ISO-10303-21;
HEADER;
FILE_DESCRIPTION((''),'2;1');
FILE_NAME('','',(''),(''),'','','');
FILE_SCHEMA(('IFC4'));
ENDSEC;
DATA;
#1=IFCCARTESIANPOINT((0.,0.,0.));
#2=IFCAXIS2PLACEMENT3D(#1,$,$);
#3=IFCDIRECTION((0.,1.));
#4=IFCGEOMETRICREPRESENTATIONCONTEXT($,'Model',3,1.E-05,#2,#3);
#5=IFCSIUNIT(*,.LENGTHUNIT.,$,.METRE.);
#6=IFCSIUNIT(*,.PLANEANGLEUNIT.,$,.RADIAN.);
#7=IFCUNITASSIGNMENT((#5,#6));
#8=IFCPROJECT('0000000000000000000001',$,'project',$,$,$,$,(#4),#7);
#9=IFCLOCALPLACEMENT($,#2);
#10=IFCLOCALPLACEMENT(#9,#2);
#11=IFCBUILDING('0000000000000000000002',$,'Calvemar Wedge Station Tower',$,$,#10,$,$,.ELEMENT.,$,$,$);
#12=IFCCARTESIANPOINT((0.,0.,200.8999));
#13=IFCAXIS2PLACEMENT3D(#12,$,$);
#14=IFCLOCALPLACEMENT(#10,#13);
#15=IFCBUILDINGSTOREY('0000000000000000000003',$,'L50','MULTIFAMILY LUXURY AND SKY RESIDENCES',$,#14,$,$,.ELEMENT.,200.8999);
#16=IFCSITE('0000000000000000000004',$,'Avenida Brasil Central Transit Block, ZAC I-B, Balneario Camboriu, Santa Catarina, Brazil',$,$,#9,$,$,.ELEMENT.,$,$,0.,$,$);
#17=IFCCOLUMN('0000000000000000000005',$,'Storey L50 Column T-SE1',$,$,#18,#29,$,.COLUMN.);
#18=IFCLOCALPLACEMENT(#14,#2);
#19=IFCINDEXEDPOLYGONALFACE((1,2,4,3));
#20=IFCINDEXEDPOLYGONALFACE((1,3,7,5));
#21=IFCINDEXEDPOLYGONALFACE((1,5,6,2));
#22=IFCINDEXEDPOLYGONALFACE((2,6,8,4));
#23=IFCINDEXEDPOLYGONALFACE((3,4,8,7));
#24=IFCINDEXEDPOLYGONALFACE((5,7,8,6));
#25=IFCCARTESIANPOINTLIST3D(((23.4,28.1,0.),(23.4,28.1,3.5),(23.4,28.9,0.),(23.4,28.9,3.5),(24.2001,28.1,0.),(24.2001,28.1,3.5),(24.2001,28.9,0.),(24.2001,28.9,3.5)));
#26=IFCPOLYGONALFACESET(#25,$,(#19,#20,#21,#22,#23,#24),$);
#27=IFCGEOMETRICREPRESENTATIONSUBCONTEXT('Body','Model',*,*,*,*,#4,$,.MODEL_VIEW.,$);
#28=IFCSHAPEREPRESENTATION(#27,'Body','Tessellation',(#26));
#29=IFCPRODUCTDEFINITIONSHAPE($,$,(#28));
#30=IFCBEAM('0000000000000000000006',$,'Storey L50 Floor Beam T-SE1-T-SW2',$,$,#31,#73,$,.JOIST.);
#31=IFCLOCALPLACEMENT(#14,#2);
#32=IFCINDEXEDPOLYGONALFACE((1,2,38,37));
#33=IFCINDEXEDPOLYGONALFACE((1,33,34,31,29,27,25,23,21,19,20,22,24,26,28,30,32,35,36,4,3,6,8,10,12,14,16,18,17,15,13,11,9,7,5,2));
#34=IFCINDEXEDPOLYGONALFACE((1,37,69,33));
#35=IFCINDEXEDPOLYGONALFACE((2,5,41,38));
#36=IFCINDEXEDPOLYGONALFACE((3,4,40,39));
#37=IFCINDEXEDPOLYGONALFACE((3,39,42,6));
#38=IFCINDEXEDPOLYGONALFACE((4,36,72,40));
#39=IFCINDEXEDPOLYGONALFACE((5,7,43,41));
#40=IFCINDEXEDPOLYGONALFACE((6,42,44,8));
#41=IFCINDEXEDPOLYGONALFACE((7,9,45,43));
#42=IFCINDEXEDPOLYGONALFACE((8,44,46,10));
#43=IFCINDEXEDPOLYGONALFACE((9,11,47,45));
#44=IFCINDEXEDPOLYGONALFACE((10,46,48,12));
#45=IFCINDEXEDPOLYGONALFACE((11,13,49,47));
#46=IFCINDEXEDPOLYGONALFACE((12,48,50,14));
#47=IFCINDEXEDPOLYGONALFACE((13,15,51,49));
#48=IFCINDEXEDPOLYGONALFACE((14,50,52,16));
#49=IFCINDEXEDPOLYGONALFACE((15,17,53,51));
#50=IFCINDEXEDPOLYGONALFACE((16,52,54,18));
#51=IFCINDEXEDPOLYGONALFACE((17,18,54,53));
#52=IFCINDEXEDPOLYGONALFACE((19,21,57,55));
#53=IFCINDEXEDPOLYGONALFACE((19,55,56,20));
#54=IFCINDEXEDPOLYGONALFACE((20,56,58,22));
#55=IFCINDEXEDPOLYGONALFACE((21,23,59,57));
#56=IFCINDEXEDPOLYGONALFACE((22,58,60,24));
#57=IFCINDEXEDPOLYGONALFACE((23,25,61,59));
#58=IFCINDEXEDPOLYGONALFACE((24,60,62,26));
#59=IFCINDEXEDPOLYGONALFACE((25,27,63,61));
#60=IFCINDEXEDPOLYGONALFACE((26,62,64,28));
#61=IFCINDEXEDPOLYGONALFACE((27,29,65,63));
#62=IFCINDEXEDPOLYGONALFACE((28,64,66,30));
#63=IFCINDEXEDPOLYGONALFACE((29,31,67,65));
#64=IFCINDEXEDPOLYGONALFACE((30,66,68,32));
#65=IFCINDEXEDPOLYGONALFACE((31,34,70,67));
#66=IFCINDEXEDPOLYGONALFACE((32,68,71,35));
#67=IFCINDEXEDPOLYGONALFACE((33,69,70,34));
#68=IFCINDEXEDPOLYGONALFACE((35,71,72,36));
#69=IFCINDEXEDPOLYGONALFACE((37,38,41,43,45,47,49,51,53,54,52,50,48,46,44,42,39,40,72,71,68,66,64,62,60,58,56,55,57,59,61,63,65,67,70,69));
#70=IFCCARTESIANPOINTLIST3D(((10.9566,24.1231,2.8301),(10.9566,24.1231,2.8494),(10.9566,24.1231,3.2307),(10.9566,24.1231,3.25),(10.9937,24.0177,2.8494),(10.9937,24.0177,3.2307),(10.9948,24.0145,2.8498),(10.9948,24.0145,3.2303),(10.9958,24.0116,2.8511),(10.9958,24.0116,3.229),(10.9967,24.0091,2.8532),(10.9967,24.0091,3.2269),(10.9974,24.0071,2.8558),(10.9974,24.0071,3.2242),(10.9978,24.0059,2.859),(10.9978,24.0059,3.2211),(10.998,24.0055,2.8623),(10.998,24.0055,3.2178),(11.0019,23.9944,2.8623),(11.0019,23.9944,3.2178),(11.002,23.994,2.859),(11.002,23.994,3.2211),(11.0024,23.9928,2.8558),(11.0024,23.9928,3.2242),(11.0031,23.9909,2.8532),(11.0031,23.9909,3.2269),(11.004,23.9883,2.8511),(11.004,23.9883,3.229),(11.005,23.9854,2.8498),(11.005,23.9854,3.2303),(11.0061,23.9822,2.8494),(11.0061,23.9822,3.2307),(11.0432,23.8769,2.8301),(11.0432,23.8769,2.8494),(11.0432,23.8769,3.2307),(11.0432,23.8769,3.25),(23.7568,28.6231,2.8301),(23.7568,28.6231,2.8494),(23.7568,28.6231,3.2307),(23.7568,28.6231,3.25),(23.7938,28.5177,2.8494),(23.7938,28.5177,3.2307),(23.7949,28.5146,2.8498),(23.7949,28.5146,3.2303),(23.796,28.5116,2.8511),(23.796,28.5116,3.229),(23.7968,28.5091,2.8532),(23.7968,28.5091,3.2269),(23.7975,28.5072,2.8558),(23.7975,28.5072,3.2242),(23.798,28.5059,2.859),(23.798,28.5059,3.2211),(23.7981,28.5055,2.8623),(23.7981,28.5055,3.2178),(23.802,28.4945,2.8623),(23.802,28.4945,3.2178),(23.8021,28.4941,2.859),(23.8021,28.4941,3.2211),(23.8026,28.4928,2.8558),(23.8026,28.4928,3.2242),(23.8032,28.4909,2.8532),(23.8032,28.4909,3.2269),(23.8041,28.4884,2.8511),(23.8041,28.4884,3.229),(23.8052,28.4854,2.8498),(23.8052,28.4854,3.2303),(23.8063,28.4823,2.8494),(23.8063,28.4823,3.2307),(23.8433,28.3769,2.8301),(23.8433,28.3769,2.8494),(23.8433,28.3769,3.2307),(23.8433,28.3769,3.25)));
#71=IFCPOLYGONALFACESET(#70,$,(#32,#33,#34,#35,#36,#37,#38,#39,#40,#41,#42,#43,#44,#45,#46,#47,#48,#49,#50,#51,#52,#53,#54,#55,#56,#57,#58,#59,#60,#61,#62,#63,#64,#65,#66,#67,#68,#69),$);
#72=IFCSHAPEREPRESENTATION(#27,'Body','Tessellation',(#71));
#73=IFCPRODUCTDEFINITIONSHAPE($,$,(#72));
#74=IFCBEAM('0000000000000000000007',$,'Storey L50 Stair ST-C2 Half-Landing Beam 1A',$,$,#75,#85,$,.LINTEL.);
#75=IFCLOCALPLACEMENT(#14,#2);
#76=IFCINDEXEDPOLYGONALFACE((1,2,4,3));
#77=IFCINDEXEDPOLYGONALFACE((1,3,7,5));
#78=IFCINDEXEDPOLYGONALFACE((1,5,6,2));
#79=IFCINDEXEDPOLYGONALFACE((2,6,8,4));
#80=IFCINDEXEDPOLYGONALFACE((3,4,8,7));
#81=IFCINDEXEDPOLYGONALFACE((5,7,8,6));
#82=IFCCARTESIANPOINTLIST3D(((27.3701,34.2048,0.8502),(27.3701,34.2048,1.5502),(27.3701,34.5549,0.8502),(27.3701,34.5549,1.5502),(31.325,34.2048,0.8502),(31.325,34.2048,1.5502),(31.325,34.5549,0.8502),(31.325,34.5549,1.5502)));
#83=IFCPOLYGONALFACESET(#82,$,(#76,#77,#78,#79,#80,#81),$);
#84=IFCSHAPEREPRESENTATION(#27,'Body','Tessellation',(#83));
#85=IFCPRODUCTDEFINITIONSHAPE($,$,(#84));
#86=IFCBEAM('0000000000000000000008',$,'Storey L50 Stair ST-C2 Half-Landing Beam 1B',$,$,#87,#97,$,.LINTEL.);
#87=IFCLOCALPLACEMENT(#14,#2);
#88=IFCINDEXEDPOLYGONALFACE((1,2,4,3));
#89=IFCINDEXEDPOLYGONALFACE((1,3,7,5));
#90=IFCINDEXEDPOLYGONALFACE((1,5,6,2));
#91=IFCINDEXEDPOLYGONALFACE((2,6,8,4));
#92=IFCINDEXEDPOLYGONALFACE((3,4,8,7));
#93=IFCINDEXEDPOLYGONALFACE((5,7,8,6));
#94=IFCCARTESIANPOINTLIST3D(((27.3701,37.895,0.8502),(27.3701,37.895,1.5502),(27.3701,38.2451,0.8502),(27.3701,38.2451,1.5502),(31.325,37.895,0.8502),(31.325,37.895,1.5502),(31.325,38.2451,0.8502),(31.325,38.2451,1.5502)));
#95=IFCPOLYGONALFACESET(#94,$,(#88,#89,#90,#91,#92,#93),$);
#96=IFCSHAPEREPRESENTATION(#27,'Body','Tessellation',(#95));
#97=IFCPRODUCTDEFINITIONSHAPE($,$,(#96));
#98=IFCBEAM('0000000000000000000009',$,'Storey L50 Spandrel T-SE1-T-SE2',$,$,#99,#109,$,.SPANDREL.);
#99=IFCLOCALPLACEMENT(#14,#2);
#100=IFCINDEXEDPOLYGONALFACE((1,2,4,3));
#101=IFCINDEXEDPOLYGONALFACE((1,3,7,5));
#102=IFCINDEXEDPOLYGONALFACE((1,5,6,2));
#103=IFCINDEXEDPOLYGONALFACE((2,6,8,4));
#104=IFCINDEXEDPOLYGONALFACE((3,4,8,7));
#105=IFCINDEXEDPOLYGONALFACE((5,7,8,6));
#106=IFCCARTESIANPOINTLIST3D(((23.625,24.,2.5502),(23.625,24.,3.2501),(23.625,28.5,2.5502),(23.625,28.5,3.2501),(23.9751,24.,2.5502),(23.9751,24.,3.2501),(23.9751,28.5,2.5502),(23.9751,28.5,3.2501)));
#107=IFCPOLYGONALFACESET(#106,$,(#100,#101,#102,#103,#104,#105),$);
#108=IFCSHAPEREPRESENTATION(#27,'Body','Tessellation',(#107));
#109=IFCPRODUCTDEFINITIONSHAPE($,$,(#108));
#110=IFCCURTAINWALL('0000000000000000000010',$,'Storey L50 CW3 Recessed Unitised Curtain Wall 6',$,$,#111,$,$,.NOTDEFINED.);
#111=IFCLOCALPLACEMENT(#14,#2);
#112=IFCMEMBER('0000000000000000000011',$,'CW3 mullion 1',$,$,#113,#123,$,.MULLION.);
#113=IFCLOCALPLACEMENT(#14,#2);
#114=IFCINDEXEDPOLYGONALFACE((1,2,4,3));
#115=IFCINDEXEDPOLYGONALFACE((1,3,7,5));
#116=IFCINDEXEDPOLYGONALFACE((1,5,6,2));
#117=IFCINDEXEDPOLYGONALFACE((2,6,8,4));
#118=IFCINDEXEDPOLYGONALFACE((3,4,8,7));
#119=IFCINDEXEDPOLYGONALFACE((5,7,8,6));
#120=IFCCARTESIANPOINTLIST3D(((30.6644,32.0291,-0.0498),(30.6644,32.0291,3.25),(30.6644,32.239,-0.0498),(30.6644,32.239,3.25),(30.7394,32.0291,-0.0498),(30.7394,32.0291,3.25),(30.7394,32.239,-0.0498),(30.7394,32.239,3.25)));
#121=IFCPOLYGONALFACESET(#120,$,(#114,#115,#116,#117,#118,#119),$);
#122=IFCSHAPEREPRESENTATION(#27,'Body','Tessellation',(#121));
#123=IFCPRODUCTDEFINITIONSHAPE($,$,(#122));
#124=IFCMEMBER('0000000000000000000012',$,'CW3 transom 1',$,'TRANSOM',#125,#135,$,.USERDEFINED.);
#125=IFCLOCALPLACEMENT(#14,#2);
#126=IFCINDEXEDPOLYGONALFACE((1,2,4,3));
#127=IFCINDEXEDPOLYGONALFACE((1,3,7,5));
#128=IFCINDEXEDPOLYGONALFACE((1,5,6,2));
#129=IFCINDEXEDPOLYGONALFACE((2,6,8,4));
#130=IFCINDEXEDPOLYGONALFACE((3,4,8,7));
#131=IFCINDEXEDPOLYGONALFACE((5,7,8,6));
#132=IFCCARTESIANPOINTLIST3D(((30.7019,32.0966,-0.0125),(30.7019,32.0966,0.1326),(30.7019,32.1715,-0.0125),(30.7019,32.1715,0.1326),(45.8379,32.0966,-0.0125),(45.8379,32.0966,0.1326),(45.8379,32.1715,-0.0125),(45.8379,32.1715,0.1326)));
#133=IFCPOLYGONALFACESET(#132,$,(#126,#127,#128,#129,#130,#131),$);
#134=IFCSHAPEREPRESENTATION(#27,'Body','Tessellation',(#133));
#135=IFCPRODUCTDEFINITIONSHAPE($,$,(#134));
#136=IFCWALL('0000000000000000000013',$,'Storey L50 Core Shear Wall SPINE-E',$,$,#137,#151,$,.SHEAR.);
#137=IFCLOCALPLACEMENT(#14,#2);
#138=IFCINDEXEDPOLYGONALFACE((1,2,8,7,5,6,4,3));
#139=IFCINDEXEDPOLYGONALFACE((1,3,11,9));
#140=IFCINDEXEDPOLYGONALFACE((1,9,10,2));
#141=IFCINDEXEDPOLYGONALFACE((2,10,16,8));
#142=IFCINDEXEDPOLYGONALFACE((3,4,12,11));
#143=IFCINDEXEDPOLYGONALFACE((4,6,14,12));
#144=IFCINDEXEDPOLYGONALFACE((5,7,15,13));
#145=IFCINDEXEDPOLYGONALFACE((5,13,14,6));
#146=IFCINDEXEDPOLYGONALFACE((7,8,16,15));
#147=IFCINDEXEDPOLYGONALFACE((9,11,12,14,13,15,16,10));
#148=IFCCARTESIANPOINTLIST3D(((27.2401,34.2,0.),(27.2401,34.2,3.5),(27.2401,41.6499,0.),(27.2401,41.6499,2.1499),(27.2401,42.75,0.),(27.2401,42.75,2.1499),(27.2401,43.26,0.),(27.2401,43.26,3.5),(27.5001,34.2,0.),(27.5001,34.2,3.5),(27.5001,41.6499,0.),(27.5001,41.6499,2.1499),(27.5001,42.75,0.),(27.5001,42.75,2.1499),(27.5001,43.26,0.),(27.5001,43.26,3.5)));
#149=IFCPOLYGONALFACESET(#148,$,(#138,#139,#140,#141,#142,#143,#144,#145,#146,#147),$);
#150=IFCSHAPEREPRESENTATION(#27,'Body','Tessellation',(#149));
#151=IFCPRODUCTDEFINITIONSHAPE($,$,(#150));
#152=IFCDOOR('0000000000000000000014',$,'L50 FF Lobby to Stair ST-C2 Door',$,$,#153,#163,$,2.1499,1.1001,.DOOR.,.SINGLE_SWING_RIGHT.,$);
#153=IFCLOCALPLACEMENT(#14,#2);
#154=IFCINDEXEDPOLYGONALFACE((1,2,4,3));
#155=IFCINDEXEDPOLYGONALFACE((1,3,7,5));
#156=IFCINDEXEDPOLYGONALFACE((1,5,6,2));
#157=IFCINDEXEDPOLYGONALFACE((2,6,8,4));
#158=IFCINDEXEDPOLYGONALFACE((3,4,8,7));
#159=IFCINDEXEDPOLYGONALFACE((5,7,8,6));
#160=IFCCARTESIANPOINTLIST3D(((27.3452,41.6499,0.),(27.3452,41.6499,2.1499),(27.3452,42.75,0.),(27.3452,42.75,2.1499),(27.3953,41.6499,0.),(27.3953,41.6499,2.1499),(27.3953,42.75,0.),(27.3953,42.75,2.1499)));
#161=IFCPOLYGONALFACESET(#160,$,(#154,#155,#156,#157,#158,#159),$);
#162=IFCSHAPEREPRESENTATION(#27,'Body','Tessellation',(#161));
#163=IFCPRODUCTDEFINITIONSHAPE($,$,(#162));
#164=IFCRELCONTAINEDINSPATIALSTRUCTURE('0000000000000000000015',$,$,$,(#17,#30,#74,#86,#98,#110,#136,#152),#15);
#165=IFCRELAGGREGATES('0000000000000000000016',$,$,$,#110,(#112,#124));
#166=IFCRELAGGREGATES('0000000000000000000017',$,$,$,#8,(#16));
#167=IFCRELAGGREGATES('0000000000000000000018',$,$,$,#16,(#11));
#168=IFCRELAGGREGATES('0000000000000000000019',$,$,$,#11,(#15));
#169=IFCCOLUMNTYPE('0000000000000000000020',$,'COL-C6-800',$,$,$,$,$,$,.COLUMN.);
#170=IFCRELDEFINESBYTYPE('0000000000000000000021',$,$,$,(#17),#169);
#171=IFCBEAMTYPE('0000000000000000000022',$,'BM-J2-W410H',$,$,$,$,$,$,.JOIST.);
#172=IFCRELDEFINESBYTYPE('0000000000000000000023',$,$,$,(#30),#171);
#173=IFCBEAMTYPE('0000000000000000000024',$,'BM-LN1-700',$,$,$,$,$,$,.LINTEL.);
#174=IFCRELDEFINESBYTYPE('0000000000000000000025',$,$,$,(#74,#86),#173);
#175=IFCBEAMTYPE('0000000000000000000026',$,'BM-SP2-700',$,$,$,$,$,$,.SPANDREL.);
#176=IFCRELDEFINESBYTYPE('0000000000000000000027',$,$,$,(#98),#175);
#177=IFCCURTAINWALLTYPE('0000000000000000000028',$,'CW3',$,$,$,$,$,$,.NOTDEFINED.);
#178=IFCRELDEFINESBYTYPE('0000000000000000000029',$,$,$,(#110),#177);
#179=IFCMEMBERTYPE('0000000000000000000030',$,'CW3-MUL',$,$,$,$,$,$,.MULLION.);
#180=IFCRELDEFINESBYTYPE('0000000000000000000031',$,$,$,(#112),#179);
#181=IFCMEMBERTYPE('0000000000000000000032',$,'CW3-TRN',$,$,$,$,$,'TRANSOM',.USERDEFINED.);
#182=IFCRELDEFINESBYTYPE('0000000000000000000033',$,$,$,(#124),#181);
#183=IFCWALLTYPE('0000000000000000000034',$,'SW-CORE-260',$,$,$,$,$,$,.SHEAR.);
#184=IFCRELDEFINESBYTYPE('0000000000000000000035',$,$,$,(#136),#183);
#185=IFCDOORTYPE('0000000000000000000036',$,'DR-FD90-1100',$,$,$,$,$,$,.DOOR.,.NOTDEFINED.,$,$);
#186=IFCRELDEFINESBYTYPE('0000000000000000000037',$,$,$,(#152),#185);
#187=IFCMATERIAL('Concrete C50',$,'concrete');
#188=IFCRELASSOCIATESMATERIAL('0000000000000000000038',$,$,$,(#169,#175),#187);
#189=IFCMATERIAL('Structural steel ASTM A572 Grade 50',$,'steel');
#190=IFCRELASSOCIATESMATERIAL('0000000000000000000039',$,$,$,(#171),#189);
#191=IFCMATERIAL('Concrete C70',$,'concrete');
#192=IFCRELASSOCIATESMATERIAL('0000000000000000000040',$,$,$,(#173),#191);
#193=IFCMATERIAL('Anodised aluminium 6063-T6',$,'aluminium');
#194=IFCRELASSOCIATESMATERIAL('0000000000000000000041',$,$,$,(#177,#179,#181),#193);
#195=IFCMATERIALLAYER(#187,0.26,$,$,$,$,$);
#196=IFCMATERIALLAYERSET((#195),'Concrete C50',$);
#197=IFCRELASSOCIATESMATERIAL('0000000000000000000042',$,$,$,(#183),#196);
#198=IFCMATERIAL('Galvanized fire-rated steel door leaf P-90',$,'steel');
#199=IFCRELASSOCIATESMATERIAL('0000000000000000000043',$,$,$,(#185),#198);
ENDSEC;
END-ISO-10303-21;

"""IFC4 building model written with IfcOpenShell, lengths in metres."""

from ifc_helpers import new_model, si_unit, direction, frame, frame_2d, origin, origin_2d, place, context, subcontext, project, spatial, rectangle, i_section, extrude, source, transform, mapped, material, layer, layer_set, material_profile, profile_set, type_object, element, fill, aggregate, save


model = new_model("IFC4")

# Units and contexts
model_context = context("Model", 3, precision=1e-05, world=origin(), true_north=direction((0.0, 1.0)))
body_context = subcontext(model_context, "Body", "Model", "MODEL_VIEW")
ifc_project = project(units=[si_unit("LENGTHUNIT", "METRE"), si_unit("PLANEANGLEUNIT", "RADIAN")], contexts=[model_context])

# Site, building, storey
site_placement = place(None, origin())
site = spatial("IfcSite", under=ifc_project, at=site_placement, Name="Avenida Brasil Central Transit Block, ZAC I-B, Balneario Camboriu, Santa Catarina, Brazil", CompositionType="ELEMENT", RefElevation=0.0)
building_placement = place(site_placement, origin())
building = spatial("IfcBuilding", under=site, at=building_placement, Name="Calvemar Wedge Station Tower", CompositionType="ELEMENT")
storey_placement = place(building_placement, frame((0.0, 0.0, 200.8999)))
storey = spatial("IfcBuildingStorey", under=building, at=storey_placement, Name="L50", Description="MULTIFAMILY LUXURY AND SKY RESIDENCES", CompositionType="ELEMENT", Elevation=200.8999)

# Column
ifc_material_1 = material(Name="Concrete C50", Category="concrete")
ifc_material_profile_1 = material_profile(ifc_material_1, rectangle(XDim=0.8, YDim=0.8, at=origin_2d()), Name="RC800x800")
ifc_profile_set_1 = profile_set([ifc_material_profile_1], Name="Concrete C50")
column_type = type_object("IfcColumnType", Name="COL-C6-800", PredefinedType="COLUMN", material=ifc_profile_set_1)
shared_shape_1 = source(origin(), body_context, "Body", "SweptSolid", [
    extrude(rectangle(XDim=0.8, YDim=0.8, at=origin_2d()), origin(), (0.0, 0.0, 1.0), 3.5),
])
column_placement = place(storey_placement, frame((23.8, 28.5, 0.0), z_axis=(0.0, 0.0, 1.0), x_axis=(1.0, 0.0, 0.0)))
element("IfcColumn", 1, at=column_placement, inside=storey, type_object=column_type, Name="Storey L50 Column T-SE1", PredefinedType="COLUMN", context=body_context, shape_type="MappedRepresentation", body=[
    mapped(shared_shape_1, transform((0.0, 0.0, 0.0), scale=1.0)),
])

# Beams
ifc_material_2 = material(Name="Structural steel ASTM A572 Grade 50", Category="steel")
ifc_material_profile_2 = material_profile(ifc_material_2, i_section(OverallWidth=0.261, OverallDepth=0.4199, WebThickness=0.0117, FlangeThickness=0.0193, FilletRadius=0.0129, at=origin_2d()), Name="W410x114")
ifc_profile_set_2 = profile_set([ifc_material_profile_2], Name="Structural steel ASTM A572 Grade 50")
beam_type_1 = type_object("IfcBeamType", Name="BM-J2-W410H", PredefinedType="JOIST", material=ifc_profile_set_2)
shared_shape_2 = source(origin(), body_context, "Body", "SweptSolid", [
    extrude(i_section(OverallWidth=0.261, OverallDepth=0.4199, WebThickness=0.0117, FlangeThickness=0.0193, FilletRadius=0.0129, at=origin_2d()), origin(), (0.0, 0.0, 1.0), 13.5681),
])
beam_1_placement = place(storey_placement, frame((23.8, 28.5, 3.04), z_axis=(-0.943398, -0.331662, 0.0), x_axis=(0.331662, -0.943398, 0.0)))
element("IfcBeam", 2, at=beam_1_placement, inside=storey, type_object=beam_type_1, Name="Storey L50 Floor Beam T-SE1-T-SW2", PredefinedType="JOIST", context=body_context, shape_type="MappedRepresentation", body=[
    mapped(shared_shape_2, transform((0.0, 0.0, 0.0), scale=1.0)),
])
ifc_material_3 = material(Name="Concrete C70", Category="concrete")
ifc_material_profile_3 = material_profile(ifc_material_3, rectangle(XDim=0.3501, YDim=0.7, at=origin_2d()), Name="RC350x700")
ifc_profile_set_3 = profile_set([ifc_material_profile_3], Name="Concrete C70")
beam_type_2 = type_object("IfcBeamType", Name="BM-LN1-700", PredefinedType="LINTEL", material=ifc_profile_set_3)
shared_shape_3 = source(origin(), body_context, "Body", "SweptSolid", [
    extrude(rectangle(XDim=0.3501, YDim=0.7, at=origin_2d()), origin(), (0.0, 0.0, 1.0), 3.9548),
])
for number, where, z_axis, x_axis, name in (
    (3, (27.3701, 34.3799, 1.2002), (1.0, 0.0, 0.0), (0.0, 1.0, 0.0), "Storey L50 Stair ST-C2 Half-Landing Beam 1A"),
    (4, (27.3701, 38.0701, 1.2002), (1.0, 0.0, 0.0), (0.0, 1.0, 0.0), "Storey L50 Stair ST-C2 Half-Landing Beam 1B"),
):
    element("IfcBeam", number, at=place(storey_placement, frame(where, z_axis=z_axis, x_axis=x_axis)), inside=storey, type_object=beam_type_2, Name=name, PredefinedType="LINTEL", context=body_context, shape_type="MappedRepresentation", body=[
        mapped(shared_shape_3, transform((0.0, 0.0, 0.0), scale=1.0)),
    ])
ifc_material_profile_4 = material_profile(ifc_material_1, rectangle(XDim=0.3501, YDim=0.7, at=origin_2d()), Name="RC350x700")
ifc_profile_set_4 = profile_set([ifc_material_profile_4], Name="Concrete C50")
beam_type_3 = type_object("IfcBeamType", Name="BM-SP2-700", PredefinedType="SPANDREL", material=ifc_profile_set_4)
shared_shape_4 = source(origin(), body_context, "Body", "SweptSolid", [
    extrude(rectangle(XDim=0.3501, YDim=0.7, at=origin_2d()), origin(), (0.0, 0.0, 1.0), 4.5),
])
beam_2_placement = place(storey_placement, frame((23.8, 28.5, 2.9001), z_axis=(0.0, -1.0, 0.0), x_axis=(1.0, 0.0, 0.0)))
element("IfcBeam", 5, at=beam_2_placement, inside=storey, type_object=beam_type_3, Name="Storey L50 Spandrel T-SE1-T-SE2", PredefinedType="SPANDREL", context=body_context, shape_type="MappedRepresentation", body=[
    mapped(shared_shape_4, transform((0.0, 0.0, 0.0), scale=1.0)),
])

# Curtain wall, members
ifc_material_4 = material(Name="Anodised aluminium 6063-T6", Category="aluminium")
curtain_wall_type = type_object("IfcCurtainWallType", Name="CW3", PredefinedType="NOTDEFINED", material=ifc_material_4)
curtain_wall_placement = place(storey_placement, origin())
curtain_wall = element("IfcCurtainWall", 6, at=curtain_wall_placement, inside=storey, type_object=curtain_wall_type, Name="Storey L50 CW3 Recessed Unitised Curtain Wall 6", PredefinedType="NOTDEFINED")
ifc_material_profile_5 = material_profile(ifc_material_4, rectangle(XDim=0.075, YDim=0.21, at=origin_2d()), Name="AL-MUL-75x210")
ifc_profile_set_5 = profile_set([ifc_material_profile_5], Name="Anodised aluminium 6063-T6")
member_type_1 = type_object("IfcMemberType", Name="CW3-MUL", PredefinedType="MULLION", material=ifc_profile_set_5)
shared_shape_5 = source(origin(), body_context, "Body", "SweptSolid", [
    extrude(rectangle(XDim=0.075, YDim=0.21, at=origin_2d()), origin(), (0.0, 0.0, 1.0), 3.2998),
])
member_1_placement = place(storey_placement, frame((30.7019, 32.134, -0.0498), z_axis=(0.0, 0.0, 1.0), x_axis=(1.0, 0.0, 0.0)))
member_1 = element("IfcMember", 7, at=member_1_placement, type_object=member_type_1, Name="CW3 mullion 1", PredefinedType="MULLION", context=body_context, shape_type="MappedRepresentation", body=[
    mapped(shared_shape_5, transform((0.0, 0.0, 0.0), scale=1.0)),
])
ifc_material_profile_6 = material_profile(ifc_material_4, rectangle(XDim=0.075, YDim=0.145, at=origin_2d()), Name="AL-TRN-75x145")
ifc_profile_set_6 = profile_set([ifc_material_profile_6], Name="Anodised aluminium 6063-T6")
member_type_2 = type_object("IfcMemberType", Name="CW3-TRN", ElementType="TRANSOM", PredefinedType="USERDEFINED", material=ifc_profile_set_6)
shared_shape_6 = source(origin(), body_context, "Body", "SweptSolid", [
    extrude(rectangle(XDim=0.075, YDim=0.145, at=origin_2d()), origin(), (0.0, 0.0, 1.0), 15.136),
])
member_2_placement = place(storey_placement, frame((30.7019, 32.134, 0.0601), z_axis=(1.0, 0.0, 0.0), x_axis=(0.0, 1.0, 0.0)))
member_2 = element("IfcMember", 8, at=member_2_placement, type_object=member_type_2, Name="CW3 transom 1", ObjectType="TRANSOM", PredefinedType="USERDEFINED", context=body_context, shape_type="MappedRepresentation", body=[
    mapped(shared_shape_6, transform((0.0, 0.0, 0.0), scale=1.0)),
])
aggregate(curtain_wall, [member_1, member_2])

# Wall, opening, door
ifc_layer_1 = layer(ifc_material_1, 0.26)
ifc_layer_set_1 = layer_set([ifc_layer_1], Name="Concrete C50")
wall_type_1 = type_object("IfcWallType", Name="SW-CORE-260", PredefinedType="SHEAR", material=ifc_layer_set_1)
wall_1_placement = place(storey_placement, frame((27.3701, 34.2, 0.0), z_axis=(0.0, 0.0, 1.0), x_axis=(0.0, 1.0, 0.0)))
wall_1 = element("IfcWall", 9, at=wall_1_placement, inside=storey, type_object=wall_type_1, Name="Storey L50 Core Shear Wall SPINE-E", PredefinedType="SHEAR", context=body_context, shape_type="SweptSolid", body=[
    extrude(rectangle(XDim=9.0601, YDim=0.26, at=frame_2d((4.53, 0.0))), origin(), (0.0, 0.0, 1.0), 3.5),
])
shared_shape_7 = source(origin(), body_context, "Body", "SweptSolid", [
    extrude(rectangle(XDim=1.1001, YDim=2.1499, at=frame_2d((0.55, 1.075))), frame((0.0, 0.1401, 0.0), z_axis=(0.0, -1.0, 0.0), x_axis=(1.0, 0.0, 0.0)), (0.0, 0.0, 1.0), 0.28),
])
opening_1_placement = place(wall_1_placement, frame((7.45, 0.0, 0.0)))
opening_1 = element("IfcOpeningElement", 10, at=opening_1_placement, cuts=wall_1, PredefinedType="OPENING", context=body_context, shape_type="MappedRepresentation", body=[
    mapped(shared_shape_7, transform((0.0, 0.0, 0.0), scale=1.0)),
])
ifc_material_5 = material(Name="Galvanized fire-rated steel door leaf P-90", Category="steel")
door_type = type_object("IfcDoorType", Name="DR-FD90-1100", OperationType="NOTDEFINED", PredefinedType="DOOR", material=ifc_material_5)
shared_shape_8 = source(origin(), body_context, "Body", "SweptSolid", [
    extrude(rectangle(XDim=1.1001, YDim=2.1499, at=frame_2d((0.55, 1.075))), frame((0.0, 0.0249, 0.0), z_axis=(0.0, -1.0, 0.0), x_axis=(1.0, 0.0, 0.0)), (0.0, 0.0, 1.0), 0.05),
])
door_placement = place(opening_1_placement, origin())
door = element("IfcDoor", 11, at=door_placement, inside=storey, type_object=door_type, Name="L50 FF Lobby to Stair ST-C2 Door", OperationType="SINGLE_SWING_RIGHT", OverallHeight=2.1499, OverallWidth=1.1001, PredefinedType="DOOR", context=body_context, shape_type="MappedRepresentation", body=[
    mapped(shared_shape_8, transform((0.0, 0.0, 0.0), scale=1.0)),
])
fill(opening_1, door)

save(model, "model.ifc")
